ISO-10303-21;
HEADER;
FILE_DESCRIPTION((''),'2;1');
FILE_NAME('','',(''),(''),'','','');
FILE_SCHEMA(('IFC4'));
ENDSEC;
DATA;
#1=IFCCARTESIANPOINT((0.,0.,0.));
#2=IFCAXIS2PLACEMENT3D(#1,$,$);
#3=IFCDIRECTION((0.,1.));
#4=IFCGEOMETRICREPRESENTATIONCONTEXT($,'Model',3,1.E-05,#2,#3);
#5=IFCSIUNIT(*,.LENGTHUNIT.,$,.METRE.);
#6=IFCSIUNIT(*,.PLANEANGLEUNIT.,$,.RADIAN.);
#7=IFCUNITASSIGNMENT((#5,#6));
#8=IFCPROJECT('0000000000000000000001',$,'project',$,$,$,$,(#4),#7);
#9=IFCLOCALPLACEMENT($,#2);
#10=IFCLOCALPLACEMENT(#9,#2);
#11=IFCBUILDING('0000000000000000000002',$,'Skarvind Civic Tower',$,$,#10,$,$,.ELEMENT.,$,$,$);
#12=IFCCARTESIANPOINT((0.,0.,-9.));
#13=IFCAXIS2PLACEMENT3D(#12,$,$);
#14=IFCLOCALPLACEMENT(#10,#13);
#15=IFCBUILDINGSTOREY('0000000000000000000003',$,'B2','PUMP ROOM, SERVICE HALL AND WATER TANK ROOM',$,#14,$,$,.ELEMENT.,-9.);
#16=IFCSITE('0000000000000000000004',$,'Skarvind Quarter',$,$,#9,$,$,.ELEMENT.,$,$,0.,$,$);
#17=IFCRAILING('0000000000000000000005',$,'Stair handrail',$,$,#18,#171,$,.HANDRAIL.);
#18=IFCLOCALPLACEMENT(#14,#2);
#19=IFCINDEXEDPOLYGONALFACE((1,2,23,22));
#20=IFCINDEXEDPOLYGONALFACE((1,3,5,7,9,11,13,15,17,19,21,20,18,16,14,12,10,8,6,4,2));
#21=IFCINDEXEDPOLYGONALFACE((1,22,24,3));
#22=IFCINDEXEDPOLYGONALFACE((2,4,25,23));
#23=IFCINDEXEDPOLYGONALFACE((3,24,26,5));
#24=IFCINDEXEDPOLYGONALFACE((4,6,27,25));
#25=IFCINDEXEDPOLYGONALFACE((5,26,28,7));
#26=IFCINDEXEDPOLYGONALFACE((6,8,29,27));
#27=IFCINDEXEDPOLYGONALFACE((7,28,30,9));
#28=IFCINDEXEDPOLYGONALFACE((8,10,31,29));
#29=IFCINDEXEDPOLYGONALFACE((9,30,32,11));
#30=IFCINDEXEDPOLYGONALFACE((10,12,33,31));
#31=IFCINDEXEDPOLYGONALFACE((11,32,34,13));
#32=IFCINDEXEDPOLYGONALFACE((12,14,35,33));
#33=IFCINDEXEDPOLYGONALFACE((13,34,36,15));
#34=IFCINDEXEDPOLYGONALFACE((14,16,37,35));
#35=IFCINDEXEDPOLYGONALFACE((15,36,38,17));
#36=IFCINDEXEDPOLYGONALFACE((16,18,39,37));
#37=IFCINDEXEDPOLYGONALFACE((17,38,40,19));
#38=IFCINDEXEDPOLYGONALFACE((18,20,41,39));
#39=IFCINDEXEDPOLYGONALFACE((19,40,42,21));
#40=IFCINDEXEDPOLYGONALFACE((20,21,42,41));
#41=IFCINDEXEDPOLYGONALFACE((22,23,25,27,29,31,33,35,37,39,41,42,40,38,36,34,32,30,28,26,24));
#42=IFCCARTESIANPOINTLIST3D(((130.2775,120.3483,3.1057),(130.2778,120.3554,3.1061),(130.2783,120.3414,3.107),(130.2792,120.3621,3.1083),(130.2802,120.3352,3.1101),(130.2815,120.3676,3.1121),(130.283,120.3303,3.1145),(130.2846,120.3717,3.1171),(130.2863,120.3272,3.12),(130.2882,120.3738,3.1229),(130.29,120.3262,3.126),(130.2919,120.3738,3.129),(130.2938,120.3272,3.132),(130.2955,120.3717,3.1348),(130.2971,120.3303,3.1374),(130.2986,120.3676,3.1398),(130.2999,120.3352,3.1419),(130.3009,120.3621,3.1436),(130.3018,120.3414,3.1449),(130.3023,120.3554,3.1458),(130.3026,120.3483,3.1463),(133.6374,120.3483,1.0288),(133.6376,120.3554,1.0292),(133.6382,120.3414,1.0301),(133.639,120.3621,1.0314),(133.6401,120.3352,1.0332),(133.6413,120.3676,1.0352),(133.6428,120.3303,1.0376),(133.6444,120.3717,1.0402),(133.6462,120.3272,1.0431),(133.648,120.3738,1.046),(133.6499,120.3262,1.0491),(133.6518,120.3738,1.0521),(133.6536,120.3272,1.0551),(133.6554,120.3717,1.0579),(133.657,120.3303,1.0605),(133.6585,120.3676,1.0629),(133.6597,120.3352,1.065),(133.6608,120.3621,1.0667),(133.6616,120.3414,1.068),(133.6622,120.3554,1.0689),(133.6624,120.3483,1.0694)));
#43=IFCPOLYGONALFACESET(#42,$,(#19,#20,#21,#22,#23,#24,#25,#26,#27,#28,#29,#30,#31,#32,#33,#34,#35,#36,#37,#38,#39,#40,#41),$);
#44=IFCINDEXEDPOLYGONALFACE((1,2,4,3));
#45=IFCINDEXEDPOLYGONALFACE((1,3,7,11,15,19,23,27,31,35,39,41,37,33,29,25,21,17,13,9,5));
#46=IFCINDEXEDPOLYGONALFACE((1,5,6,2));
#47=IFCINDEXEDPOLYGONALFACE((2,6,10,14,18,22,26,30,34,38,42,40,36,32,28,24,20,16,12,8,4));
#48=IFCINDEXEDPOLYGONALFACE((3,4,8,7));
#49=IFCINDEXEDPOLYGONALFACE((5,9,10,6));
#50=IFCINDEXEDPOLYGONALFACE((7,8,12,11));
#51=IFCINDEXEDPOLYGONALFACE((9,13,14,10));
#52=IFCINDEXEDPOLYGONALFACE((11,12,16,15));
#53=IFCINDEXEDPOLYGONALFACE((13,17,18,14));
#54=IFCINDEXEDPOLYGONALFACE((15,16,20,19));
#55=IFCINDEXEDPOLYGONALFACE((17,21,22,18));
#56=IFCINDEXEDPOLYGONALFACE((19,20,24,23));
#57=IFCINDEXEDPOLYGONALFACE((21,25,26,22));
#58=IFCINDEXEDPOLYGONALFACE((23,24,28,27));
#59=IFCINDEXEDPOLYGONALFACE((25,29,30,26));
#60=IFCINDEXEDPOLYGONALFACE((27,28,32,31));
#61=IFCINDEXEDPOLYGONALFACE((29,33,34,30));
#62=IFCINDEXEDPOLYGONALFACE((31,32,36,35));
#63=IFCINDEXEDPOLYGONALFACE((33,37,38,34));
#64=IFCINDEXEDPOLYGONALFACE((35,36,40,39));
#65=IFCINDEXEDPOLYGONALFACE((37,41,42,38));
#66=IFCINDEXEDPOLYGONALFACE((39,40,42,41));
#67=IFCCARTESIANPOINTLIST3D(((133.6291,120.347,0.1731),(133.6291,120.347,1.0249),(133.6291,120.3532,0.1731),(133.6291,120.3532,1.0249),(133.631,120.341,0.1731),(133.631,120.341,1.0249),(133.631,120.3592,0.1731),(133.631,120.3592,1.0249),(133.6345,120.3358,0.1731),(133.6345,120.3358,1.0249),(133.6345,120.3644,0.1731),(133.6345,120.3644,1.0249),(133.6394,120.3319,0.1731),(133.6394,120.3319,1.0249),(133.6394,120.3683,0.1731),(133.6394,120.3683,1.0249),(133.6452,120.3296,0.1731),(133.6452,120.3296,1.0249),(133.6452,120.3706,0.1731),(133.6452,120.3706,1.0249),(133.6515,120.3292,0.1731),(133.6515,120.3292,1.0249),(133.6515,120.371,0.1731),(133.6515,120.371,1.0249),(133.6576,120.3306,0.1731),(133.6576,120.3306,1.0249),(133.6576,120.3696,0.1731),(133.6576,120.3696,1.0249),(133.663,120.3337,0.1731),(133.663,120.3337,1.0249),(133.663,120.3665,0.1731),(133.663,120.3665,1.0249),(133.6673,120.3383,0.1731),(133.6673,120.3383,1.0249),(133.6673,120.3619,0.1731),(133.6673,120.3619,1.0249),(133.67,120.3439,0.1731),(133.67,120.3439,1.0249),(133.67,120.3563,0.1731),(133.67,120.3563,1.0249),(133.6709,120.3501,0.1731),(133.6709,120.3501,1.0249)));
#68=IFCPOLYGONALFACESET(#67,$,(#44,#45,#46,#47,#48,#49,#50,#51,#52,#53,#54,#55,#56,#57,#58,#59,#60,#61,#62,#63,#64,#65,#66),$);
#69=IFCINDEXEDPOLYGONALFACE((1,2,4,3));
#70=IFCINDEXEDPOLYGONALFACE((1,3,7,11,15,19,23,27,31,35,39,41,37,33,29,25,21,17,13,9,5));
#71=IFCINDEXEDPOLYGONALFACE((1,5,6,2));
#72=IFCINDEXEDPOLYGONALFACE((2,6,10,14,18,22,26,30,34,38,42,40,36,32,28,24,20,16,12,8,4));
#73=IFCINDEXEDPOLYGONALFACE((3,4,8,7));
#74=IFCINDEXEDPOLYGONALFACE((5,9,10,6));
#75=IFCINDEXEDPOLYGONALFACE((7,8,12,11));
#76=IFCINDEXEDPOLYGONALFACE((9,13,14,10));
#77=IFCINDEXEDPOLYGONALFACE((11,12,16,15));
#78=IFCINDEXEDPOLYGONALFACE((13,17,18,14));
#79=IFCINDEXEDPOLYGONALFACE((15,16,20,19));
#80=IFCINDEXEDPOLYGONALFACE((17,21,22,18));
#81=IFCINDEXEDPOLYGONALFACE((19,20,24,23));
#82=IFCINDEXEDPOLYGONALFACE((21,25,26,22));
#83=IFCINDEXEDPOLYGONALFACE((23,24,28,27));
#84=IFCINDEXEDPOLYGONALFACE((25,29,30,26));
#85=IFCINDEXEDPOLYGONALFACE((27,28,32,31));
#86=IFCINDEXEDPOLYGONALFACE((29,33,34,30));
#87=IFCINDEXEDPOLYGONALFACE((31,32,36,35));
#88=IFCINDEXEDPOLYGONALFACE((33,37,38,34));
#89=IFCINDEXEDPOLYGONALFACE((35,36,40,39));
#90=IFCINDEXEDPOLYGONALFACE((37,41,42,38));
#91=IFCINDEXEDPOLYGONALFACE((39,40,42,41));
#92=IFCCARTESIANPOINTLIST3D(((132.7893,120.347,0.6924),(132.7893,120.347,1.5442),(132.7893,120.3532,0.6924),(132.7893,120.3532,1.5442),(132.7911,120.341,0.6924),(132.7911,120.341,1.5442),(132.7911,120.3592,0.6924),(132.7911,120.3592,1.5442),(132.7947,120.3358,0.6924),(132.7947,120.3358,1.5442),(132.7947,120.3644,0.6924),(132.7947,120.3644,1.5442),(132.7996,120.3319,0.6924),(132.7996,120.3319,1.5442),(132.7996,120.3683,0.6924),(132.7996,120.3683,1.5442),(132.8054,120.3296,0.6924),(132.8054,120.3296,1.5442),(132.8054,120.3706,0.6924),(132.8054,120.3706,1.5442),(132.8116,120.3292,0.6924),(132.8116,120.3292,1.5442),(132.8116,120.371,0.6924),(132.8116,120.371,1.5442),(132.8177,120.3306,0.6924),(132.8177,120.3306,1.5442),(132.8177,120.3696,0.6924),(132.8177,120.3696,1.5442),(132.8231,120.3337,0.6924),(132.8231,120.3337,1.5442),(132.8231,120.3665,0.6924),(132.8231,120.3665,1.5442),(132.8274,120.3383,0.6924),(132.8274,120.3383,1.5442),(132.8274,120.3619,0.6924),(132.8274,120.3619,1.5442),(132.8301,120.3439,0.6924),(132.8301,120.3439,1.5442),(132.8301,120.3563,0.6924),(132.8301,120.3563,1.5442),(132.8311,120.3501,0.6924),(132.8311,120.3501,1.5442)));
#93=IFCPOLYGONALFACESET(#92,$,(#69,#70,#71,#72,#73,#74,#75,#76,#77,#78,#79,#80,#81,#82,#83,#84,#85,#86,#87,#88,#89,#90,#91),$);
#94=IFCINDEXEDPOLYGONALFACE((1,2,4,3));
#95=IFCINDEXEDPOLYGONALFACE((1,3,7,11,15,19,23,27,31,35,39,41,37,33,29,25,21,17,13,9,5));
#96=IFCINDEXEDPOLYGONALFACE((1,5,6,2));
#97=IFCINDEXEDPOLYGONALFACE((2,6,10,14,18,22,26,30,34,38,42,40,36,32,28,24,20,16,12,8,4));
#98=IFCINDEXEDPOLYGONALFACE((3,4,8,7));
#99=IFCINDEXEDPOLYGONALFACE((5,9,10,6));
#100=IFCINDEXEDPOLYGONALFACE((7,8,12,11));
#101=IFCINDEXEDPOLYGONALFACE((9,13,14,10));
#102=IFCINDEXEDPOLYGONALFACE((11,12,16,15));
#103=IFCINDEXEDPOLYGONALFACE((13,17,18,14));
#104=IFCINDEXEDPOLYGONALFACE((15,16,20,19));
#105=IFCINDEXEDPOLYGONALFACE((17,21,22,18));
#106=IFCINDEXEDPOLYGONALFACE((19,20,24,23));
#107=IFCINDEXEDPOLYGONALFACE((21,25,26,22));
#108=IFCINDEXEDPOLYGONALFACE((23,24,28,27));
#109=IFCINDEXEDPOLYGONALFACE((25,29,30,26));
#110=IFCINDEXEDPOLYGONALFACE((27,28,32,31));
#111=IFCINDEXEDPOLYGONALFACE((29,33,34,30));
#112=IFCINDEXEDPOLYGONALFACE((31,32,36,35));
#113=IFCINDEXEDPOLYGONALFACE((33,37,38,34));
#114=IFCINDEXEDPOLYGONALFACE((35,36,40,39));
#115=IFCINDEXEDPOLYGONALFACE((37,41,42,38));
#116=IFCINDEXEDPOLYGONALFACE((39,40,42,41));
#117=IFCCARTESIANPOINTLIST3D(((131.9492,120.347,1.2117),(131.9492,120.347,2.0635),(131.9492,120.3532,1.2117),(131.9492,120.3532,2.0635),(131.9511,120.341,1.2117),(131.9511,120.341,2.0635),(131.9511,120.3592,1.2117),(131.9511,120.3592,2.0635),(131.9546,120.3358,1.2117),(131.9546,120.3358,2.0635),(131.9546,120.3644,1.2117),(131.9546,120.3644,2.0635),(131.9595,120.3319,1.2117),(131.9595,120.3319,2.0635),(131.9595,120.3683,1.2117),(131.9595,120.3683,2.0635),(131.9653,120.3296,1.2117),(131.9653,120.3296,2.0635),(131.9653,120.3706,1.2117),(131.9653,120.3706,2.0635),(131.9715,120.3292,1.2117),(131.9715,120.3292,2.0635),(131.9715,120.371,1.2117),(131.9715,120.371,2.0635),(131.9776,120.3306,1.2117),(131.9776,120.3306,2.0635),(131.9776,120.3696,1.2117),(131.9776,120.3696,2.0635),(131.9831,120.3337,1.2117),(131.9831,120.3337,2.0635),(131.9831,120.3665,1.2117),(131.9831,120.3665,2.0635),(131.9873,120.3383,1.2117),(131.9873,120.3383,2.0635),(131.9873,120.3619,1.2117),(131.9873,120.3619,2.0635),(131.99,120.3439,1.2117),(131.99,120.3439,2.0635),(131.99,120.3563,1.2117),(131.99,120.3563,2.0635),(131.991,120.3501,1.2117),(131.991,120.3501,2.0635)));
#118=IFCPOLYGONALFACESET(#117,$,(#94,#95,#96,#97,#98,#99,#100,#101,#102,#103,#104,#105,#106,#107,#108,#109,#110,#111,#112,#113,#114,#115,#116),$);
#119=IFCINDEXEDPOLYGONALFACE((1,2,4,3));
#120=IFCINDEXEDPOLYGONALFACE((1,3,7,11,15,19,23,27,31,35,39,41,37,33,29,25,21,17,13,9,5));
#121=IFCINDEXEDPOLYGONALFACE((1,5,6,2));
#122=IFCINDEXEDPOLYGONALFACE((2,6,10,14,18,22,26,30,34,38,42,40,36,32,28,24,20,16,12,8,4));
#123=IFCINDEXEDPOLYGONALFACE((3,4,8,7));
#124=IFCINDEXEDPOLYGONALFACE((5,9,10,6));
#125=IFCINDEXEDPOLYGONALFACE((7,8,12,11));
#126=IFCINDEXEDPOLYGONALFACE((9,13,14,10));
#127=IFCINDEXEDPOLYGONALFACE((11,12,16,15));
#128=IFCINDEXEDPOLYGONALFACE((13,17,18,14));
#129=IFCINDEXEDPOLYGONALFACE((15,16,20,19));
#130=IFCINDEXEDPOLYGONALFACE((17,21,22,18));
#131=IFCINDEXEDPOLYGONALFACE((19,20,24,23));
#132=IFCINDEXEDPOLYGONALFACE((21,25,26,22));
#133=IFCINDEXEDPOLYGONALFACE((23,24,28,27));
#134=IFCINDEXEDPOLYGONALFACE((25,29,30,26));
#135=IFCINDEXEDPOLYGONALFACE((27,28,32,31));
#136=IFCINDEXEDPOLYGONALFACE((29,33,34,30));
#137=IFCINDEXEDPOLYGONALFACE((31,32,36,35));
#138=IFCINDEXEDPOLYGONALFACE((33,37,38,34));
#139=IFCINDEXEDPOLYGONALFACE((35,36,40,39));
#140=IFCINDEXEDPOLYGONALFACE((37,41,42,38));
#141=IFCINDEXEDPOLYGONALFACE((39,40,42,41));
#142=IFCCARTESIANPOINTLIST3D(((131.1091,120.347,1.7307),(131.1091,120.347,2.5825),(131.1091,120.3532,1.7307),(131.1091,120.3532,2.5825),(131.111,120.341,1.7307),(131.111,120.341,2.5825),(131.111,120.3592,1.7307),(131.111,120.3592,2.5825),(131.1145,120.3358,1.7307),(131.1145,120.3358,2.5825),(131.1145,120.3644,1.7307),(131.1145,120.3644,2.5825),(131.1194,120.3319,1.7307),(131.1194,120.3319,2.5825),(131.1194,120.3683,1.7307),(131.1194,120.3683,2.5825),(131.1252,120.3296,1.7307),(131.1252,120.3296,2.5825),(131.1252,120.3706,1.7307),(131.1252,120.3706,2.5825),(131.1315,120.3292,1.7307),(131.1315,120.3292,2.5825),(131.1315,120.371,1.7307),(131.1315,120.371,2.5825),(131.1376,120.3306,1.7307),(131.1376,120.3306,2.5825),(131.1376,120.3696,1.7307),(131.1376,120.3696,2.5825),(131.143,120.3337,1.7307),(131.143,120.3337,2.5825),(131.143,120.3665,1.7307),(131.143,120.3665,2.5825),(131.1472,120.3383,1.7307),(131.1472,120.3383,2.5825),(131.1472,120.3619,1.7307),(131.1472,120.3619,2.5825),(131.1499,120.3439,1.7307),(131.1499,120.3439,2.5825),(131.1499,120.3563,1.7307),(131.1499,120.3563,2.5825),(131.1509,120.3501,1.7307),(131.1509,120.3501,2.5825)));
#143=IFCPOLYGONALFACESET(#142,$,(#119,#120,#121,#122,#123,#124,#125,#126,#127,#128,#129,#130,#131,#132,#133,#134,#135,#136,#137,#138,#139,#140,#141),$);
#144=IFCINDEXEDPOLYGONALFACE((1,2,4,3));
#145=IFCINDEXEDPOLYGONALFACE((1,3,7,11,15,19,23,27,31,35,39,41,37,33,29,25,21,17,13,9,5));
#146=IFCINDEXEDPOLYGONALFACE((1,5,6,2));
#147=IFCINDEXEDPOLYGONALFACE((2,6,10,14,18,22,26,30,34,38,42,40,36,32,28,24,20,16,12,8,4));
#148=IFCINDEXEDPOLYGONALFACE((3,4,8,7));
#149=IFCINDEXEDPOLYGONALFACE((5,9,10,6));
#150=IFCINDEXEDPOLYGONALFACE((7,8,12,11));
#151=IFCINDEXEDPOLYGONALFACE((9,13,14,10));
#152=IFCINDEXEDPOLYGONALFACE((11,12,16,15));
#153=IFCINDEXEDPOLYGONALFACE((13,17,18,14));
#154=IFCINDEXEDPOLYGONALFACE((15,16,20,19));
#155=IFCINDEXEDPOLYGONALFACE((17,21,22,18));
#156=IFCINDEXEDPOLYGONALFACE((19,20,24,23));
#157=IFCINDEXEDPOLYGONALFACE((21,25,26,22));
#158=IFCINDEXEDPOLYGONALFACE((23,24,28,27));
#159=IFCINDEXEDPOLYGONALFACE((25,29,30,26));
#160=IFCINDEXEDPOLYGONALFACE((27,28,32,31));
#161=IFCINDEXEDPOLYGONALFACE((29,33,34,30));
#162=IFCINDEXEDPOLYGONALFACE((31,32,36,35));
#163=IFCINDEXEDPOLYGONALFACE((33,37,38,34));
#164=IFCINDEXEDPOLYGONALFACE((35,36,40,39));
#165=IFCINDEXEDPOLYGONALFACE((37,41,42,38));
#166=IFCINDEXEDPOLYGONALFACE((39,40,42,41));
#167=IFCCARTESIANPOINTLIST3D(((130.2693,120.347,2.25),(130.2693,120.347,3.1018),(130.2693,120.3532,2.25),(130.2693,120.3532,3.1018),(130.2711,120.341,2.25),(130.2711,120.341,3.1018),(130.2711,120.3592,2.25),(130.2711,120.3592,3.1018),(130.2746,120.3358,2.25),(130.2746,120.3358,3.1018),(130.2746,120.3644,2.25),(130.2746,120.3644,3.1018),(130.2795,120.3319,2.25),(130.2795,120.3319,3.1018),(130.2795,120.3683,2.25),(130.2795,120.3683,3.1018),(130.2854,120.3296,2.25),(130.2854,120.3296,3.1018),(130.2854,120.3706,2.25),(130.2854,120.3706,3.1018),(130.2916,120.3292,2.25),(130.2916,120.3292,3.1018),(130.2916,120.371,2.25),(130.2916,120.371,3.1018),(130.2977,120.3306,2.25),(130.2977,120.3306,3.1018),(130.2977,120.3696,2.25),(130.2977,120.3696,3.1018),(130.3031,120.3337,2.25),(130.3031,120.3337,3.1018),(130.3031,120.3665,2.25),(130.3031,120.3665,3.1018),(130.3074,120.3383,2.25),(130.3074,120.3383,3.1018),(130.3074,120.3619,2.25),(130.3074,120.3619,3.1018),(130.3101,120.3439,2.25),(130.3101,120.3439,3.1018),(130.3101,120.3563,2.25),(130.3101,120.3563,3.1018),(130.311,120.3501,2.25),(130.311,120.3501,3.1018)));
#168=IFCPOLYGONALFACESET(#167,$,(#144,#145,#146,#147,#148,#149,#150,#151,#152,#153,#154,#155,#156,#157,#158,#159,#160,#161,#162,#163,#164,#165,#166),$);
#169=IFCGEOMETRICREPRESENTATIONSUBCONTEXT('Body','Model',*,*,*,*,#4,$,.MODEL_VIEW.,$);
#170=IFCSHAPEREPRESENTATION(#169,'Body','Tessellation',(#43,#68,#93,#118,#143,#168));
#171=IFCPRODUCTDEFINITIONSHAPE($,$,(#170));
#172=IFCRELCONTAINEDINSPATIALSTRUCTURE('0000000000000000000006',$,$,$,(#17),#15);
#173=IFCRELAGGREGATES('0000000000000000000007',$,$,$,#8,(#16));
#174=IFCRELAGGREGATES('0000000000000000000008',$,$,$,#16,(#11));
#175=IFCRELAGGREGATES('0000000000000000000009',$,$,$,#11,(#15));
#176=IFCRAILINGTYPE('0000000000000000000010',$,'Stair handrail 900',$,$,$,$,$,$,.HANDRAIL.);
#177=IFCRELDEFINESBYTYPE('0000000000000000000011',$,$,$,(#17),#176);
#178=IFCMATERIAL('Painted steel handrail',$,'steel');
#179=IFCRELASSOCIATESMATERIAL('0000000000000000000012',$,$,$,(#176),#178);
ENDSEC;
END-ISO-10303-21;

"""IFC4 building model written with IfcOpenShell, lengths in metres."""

from ifc_helpers import new_model, si_unit, direction, frame, origin, origin_2d, place, context, subcontext, project, spatial, circle, extrude, material, type_object, element, save


model = new_model("IFC4")

# Units and contexts
model_context = context("Model", 3, precision=1e-05, world=origin(), true_north=direction((0.0, 1.0)))
body_context = subcontext(model_context, "Body", "Model", "MODEL_VIEW")
ifc_project = project(units=[si_unit("LENGTHUNIT", "METRE"), si_unit("PLANEANGLEUNIT", "RADIAN")], contexts=[model_context])

# Site, building, storey
site_placement = place(None, origin())
site = spatial("IfcSite", under=ifc_project, at=site_placement, Name="Skarvind Quarter", CompositionType="ELEMENT", RefElevation=0.0)
building_placement = place(site_placement, origin())
building = spatial("IfcBuilding", under=site, at=building_placement, Name="Skarvind Civic Tower", CompositionType="ELEMENT")
storey_placement = place(building_placement, frame((0.0, 0.0, -9.0)))
storey = spatial("IfcBuildingStorey", under=building, at=storey_placement, Name="B2", Description="PUMP ROOM, SERVICE HALL AND WATER TANK ROOM", CompositionType="ELEMENT", Elevation=-9.0)

# Railing
ifc_material_1 = material(Name="Painted steel handrail", Category="steel")
railing_type = type_object("IfcRailingType", Name="Stair handrail 900", PredefinedType="HANDRAIL", material=ifc_material_1)
railing_1_placement = place(storey_placement, frame((133.6499, 120.3501, 0.1731)))
element("IfcRailing", 1, at=railing_1_placement, inside=storey, type_object=railing_type, Name="Stair handrail", PredefinedType="HANDRAIL", context=body_context, shape_type="SweptSolid", body=[
    extrude(circle(Radius=0.0239, at=origin_2d()), frame((0.0, 0.0, 0.876), z_axis=(-0.850606, 0.0, 0.525803), x_axis=(0.0, -1.0, 0.0)), (0.0, 0.0, 1.0), 3.95),
    extrude(circle(Radius=0.021, at=origin_2d()), origin(), (0.0, 0.0, 1.0), 0.8518),
    extrude(circle(Radius=0.021, at=origin_2d()), frame((-0.8398, 0.0, 0.5193)), (0.0, 0.0, 1.0), 0.8518),
    extrude(circle(Radius=0.021, at=origin_2d()), frame((-1.6799, 0.0, 1.0386)), (0.0, 0.0, 1.0), 0.8518),
    extrude(circle(Radius=0.021, at=origin_2d()), frame((-2.52, 0.0, 1.5576)), (0.0, 0.0, 1.0), 0.8518),
    extrude(circle(Radius=0.021, at=origin_2d()), frame((-3.3599, 0.0, 2.0769)), (0.0, 0.0, 1.0), 0.8518),
])

save(model, "model.ifc")
